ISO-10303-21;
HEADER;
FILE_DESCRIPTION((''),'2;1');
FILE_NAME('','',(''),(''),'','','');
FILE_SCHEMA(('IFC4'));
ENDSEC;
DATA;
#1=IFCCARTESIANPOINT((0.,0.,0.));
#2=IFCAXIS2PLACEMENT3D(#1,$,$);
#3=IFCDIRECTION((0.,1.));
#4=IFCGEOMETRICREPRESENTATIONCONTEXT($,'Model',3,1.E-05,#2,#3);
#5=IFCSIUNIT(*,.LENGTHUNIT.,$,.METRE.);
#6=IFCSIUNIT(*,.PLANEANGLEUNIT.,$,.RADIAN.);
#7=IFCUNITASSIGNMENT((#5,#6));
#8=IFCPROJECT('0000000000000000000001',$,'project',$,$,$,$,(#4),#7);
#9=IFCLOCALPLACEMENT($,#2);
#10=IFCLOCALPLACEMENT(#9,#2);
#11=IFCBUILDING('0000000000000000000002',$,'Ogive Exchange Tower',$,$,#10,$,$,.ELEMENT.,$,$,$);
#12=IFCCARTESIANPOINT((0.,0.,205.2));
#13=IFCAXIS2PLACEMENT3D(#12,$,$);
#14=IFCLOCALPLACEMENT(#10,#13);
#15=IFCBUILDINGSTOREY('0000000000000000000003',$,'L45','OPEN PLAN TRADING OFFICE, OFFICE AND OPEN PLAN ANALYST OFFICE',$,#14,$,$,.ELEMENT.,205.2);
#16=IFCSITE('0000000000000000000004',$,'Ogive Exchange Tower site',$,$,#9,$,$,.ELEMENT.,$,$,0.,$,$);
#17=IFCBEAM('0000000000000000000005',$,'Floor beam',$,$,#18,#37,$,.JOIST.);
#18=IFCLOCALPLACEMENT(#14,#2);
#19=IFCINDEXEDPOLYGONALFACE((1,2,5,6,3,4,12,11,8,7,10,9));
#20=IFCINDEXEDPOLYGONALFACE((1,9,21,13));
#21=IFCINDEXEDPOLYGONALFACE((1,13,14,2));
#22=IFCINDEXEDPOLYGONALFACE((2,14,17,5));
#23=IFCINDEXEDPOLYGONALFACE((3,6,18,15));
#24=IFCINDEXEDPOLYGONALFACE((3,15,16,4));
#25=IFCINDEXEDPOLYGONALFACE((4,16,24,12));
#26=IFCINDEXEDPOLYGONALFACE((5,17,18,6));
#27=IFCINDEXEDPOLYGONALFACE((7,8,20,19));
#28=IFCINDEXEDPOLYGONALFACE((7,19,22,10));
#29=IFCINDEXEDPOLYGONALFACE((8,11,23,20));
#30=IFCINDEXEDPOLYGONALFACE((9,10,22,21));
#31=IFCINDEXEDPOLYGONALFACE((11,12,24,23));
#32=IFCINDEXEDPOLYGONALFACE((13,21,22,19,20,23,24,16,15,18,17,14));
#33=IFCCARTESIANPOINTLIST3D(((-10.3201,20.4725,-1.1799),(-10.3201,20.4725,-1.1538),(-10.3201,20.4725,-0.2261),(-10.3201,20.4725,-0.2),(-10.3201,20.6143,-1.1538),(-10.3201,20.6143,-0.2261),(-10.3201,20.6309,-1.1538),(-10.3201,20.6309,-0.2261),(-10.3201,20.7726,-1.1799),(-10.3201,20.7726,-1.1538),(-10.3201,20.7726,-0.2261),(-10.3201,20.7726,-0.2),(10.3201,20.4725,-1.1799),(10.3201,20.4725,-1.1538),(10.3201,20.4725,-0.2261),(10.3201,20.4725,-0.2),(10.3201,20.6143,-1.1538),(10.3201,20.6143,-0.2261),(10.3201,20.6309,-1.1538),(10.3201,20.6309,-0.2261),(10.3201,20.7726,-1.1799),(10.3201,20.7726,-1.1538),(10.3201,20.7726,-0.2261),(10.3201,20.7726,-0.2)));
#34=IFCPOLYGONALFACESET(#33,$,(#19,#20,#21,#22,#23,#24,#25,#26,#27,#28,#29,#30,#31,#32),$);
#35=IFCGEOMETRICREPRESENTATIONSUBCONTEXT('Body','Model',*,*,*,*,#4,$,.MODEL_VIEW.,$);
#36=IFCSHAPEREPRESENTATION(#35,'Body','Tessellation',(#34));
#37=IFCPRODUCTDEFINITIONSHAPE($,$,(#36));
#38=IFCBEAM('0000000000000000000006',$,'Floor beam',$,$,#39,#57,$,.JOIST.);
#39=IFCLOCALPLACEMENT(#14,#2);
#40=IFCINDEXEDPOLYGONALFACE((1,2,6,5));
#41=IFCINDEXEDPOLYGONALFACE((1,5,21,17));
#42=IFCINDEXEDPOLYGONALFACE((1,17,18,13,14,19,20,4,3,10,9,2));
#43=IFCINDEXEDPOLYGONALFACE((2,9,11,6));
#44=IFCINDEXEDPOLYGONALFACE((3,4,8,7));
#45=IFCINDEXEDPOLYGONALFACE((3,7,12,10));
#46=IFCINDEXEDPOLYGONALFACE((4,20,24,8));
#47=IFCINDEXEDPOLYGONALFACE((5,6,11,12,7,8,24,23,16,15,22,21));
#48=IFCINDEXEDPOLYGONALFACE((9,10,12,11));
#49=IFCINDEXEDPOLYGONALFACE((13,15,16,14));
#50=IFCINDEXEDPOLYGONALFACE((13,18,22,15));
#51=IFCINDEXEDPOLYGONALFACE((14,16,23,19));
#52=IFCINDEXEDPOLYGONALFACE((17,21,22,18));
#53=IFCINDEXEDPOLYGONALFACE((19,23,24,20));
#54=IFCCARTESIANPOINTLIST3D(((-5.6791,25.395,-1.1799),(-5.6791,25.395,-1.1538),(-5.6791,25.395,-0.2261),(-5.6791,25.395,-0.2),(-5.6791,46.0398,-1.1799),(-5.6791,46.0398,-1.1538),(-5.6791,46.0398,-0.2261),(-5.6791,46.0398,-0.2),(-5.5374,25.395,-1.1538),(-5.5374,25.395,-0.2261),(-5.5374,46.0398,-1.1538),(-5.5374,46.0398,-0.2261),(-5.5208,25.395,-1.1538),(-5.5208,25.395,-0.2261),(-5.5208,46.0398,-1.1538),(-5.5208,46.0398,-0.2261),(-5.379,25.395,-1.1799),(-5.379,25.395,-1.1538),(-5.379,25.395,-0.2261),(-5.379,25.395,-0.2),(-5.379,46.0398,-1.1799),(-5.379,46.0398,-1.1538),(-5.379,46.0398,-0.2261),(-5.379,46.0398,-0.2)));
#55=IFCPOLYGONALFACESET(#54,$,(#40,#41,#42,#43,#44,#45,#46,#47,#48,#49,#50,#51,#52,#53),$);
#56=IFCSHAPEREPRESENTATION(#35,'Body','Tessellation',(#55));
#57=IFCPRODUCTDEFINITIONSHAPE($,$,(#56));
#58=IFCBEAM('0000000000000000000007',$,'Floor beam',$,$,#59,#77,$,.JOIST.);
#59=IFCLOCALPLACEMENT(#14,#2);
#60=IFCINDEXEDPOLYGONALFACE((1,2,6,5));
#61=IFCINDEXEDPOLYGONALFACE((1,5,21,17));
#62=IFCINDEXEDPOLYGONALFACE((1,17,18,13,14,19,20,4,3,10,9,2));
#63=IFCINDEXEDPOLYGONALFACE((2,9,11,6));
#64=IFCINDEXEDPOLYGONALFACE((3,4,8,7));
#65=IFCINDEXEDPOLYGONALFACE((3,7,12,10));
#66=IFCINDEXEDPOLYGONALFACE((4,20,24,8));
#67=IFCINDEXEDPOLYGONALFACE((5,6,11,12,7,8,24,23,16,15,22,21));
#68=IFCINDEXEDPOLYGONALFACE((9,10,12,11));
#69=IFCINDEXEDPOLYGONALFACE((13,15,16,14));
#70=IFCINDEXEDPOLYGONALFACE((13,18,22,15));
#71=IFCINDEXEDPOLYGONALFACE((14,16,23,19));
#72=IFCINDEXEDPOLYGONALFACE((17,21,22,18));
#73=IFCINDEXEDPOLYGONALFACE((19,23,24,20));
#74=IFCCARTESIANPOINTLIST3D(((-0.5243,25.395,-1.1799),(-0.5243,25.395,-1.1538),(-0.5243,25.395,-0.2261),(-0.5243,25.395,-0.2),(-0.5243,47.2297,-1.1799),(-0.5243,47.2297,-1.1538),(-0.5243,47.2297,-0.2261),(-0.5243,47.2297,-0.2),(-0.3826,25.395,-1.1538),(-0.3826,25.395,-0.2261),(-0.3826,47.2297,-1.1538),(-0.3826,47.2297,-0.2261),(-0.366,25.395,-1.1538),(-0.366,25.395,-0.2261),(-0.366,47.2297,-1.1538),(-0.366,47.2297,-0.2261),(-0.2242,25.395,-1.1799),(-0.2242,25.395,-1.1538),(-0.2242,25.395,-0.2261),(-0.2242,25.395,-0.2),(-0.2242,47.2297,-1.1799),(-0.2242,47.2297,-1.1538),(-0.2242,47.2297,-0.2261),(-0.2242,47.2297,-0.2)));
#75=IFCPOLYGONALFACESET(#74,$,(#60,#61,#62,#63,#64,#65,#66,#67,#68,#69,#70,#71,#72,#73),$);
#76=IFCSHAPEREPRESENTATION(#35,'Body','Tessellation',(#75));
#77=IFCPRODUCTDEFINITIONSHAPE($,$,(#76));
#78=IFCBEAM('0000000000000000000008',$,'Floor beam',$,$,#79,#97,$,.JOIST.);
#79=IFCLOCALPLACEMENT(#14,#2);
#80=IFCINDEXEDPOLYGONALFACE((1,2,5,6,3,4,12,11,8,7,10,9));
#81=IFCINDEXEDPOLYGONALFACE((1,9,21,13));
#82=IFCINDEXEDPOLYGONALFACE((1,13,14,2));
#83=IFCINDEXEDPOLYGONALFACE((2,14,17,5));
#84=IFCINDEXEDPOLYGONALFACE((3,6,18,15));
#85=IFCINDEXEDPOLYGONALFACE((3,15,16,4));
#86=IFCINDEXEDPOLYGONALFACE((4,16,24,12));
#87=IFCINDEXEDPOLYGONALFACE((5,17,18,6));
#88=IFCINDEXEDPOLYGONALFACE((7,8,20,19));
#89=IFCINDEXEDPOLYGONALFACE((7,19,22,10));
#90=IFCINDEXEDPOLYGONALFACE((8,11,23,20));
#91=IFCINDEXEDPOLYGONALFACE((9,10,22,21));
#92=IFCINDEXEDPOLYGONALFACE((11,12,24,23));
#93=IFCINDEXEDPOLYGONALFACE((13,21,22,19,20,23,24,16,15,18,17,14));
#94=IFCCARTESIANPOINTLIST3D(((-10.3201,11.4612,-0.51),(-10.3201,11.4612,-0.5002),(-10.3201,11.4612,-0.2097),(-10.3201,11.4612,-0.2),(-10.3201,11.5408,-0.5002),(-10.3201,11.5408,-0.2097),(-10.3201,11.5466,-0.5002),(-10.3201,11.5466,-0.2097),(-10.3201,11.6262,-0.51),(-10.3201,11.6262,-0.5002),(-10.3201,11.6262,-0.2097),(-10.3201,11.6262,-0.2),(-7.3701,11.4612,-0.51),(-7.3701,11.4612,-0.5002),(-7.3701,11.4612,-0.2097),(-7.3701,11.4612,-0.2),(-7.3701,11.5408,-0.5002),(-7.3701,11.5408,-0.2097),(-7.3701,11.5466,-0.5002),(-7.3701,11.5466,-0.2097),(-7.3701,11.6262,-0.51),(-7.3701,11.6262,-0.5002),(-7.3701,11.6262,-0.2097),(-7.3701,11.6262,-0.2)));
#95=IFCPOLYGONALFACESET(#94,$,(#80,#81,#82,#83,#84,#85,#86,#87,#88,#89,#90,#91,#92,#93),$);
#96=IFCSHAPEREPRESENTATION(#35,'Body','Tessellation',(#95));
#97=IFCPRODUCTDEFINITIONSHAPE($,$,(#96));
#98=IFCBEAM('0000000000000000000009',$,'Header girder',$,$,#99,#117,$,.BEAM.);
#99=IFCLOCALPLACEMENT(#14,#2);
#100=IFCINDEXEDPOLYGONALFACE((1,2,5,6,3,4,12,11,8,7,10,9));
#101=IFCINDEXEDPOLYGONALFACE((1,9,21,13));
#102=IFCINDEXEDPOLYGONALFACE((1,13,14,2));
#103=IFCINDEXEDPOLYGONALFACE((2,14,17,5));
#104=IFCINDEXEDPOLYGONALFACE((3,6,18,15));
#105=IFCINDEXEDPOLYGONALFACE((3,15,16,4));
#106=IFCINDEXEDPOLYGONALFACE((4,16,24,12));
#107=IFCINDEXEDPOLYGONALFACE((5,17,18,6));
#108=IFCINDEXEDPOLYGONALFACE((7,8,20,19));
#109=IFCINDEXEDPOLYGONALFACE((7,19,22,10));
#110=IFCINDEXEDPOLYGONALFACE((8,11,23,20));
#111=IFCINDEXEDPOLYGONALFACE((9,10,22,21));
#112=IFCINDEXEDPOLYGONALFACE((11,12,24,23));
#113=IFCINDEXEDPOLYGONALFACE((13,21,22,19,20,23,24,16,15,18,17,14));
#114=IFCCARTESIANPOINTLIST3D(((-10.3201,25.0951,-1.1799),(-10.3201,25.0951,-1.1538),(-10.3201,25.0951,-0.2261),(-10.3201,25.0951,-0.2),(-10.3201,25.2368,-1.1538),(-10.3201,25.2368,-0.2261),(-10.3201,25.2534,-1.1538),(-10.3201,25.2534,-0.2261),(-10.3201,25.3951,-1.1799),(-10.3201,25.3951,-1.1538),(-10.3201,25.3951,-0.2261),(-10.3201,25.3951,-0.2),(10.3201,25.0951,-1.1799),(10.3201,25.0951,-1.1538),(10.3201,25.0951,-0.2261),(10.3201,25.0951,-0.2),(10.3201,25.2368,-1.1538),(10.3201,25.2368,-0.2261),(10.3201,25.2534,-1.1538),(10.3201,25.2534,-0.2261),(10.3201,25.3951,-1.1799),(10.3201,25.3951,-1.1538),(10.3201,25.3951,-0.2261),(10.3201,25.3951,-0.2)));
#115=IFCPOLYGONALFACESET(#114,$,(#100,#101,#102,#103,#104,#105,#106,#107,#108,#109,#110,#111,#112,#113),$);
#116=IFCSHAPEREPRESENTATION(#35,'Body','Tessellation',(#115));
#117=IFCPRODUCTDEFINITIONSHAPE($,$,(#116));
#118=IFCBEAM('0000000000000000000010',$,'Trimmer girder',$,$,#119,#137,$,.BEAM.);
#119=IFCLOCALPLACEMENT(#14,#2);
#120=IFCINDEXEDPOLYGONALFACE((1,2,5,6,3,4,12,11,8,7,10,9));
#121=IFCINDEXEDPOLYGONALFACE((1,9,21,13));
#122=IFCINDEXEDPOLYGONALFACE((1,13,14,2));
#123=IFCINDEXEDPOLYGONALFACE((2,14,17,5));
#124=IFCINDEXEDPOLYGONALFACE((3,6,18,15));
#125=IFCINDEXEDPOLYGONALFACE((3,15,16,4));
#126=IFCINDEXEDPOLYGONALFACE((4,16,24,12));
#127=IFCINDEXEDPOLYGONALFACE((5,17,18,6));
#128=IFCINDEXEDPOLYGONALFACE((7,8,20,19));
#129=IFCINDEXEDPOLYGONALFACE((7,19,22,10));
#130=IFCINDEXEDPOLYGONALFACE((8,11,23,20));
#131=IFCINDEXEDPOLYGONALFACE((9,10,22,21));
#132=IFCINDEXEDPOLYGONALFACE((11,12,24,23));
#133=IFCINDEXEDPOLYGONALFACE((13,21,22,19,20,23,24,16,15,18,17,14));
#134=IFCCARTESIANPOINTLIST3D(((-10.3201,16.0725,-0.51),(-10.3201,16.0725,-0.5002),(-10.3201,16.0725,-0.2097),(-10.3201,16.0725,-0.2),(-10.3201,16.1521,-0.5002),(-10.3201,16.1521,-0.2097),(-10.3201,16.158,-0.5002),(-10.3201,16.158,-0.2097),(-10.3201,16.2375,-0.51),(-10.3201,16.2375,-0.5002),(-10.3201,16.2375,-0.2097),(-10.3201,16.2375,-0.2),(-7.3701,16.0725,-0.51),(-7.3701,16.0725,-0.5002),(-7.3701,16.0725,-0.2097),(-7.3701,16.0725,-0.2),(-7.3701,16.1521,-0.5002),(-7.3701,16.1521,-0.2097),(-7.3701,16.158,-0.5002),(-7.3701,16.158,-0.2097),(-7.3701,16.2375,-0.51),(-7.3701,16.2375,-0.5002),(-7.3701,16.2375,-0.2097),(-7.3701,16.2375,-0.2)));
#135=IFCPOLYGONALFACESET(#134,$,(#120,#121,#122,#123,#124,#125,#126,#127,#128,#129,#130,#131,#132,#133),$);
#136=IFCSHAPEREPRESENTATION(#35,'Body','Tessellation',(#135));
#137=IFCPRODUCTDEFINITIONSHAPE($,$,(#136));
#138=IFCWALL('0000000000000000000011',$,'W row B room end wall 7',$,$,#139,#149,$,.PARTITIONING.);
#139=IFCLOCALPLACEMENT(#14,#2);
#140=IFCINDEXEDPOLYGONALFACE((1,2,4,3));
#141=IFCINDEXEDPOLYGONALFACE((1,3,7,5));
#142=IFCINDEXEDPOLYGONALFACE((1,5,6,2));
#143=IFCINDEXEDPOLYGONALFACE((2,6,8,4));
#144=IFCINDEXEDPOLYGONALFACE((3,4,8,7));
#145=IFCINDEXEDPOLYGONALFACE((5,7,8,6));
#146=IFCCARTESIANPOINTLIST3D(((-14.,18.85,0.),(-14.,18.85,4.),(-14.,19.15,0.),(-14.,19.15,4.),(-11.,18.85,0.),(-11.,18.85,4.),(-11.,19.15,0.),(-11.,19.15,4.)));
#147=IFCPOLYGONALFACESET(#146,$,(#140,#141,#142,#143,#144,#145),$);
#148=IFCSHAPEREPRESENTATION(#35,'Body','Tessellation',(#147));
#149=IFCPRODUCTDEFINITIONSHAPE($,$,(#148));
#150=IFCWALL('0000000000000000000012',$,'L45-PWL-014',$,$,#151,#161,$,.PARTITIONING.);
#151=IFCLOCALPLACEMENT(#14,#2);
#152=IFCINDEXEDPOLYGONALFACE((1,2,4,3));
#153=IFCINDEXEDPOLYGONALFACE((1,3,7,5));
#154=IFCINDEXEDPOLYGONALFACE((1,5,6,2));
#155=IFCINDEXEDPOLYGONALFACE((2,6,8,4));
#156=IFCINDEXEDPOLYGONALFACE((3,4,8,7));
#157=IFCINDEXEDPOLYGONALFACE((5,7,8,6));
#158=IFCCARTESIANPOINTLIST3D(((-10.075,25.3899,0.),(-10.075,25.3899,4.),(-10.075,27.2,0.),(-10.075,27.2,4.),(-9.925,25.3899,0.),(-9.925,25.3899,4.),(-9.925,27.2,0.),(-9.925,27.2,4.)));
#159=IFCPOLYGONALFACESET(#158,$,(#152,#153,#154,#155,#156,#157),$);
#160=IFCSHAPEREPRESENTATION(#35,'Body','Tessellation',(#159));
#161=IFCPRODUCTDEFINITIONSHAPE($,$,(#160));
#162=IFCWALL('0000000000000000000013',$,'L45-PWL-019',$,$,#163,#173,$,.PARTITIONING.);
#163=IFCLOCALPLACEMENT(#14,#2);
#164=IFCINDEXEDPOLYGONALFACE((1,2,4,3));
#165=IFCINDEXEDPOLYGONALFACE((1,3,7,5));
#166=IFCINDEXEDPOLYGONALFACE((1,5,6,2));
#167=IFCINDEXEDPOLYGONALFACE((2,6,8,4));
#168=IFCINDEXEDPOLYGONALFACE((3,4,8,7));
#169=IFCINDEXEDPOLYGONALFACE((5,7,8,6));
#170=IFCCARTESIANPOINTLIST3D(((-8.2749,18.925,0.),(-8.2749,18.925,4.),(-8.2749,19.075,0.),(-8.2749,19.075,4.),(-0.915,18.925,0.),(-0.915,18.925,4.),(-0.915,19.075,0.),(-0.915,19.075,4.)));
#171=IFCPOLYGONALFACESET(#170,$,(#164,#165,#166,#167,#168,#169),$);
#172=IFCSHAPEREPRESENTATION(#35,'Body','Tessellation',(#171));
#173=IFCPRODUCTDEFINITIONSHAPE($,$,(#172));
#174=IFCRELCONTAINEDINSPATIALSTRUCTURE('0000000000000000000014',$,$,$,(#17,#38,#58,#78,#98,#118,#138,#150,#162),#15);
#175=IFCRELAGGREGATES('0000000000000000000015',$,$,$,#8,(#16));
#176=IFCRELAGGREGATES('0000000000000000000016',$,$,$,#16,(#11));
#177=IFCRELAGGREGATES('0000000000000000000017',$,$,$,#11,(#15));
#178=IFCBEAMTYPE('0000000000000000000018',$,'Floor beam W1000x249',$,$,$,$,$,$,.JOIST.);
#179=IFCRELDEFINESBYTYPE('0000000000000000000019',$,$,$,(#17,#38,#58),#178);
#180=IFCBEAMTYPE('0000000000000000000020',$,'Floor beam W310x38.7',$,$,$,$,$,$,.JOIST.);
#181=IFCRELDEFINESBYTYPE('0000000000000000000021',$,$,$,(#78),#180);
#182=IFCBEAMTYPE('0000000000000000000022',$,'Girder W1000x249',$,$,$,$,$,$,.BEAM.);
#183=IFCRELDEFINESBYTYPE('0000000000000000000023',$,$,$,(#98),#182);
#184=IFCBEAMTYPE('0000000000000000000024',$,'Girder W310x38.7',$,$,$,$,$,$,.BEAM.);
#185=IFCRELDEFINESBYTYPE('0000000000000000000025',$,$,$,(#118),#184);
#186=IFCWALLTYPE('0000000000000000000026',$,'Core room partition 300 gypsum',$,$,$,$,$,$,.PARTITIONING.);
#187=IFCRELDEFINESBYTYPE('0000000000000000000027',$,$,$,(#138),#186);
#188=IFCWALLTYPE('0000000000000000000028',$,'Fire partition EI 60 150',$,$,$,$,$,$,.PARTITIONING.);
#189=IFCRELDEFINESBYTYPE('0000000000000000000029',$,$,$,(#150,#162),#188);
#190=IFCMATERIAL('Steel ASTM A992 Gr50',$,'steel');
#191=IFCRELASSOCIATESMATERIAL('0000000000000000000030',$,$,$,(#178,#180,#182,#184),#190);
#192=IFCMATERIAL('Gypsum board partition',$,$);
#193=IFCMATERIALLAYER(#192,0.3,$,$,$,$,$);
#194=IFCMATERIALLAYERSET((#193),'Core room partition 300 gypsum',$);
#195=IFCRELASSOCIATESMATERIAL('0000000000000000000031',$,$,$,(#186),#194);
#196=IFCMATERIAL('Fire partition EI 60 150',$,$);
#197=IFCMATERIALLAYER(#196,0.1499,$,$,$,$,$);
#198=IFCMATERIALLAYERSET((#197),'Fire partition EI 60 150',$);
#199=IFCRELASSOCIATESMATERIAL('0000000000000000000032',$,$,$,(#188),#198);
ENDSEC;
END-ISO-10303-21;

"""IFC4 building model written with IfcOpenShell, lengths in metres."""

from ifc_helpers import new_model, si_unit, direction, frame, frame_2d, origin, origin_2d, place, context, subcontext, project, spatial, rectangle, i_section, extrude, material, layer, layer_set, material_profile, profile_set, type_object, element, save


model = new_model("IFC4")

# Units and contexts
model_context = context("Model", 3, precision=1e-05, world=origin(), true_north=direction((0.0, 1.0)))
body_context = subcontext(model_context, "Body", "Model", "MODEL_VIEW")
ifc_project = project(units=[si_unit("LENGTHUNIT", "METRE"), si_unit("PLANEANGLEUNIT", "RADIAN")], contexts=[model_context])

# Site, building, storey
site_placement = place(None, origin())
site = spatial("IfcSite", under=ifc_project, at=site_placement, Name="Ogive Exchange Tower site", CompositionType="ELEMENT", RefElevation=0.0)
building_placement = place(site_placement, origin())
building = spatial("IfcBuilding", under=site, at=building_placement, Name="Ogive Exchange Tower", CompositionType="ELEMENT")
storey_placement = place(building_placement, frame((0.0, 0.0, 205.2)))
storey = spatial("IfcBuildingStorey", under=building, at=storey_placement, Name="L45", Description="OPEN PLAN TRADING OFFICE, OFFICE AND OPEN PLAN ANALYST OFFICE", CompositionType="ELEMENT", Elevation=205.2)

# Beams
ifc_material_1 = material(Name="Steel ASTM A992 Gr50", Category="steel")
ifc_material_profile_1 = material_profile(ifc_material_1, i_section(OverallWidth=0.3, OverallDepth=0.98, WebThickness=0.0166, FlangeThickness=0.0261, at=origin_2d()), Name="W1000x249")
ifc_profile_set_1 = profile_set([ifc_material_profile_1], Name="Steel ASTM A992 Gr50")
beam_type_1 = type_object("IfcBeamType", Name="Floor beam W1000x249", PredefinedType="JOIST", material=ifc_profile_set_1)
beam_1_placement = place(storey_placement, frame((-10.3201, 20.6226, -0.6899), z_axis=(1.0, 0.0, 0.0), x_axis=(0.0, 1.0, 0.0)))
element("IfcBeam", 1, at=beam_1_placement, inside=storey, type_object=beam_type_1, Name="Floor beam", PredefinedType="JOIST", context=body_context, shape_type="SweptSolid", body=[
    extrude(i_section(OverallWidth=0.3, OverallDepth=0.98, WebThickness=0.0166, FlangeThickness=0.0261, at=origin_2d()), origin(), (0.0, 0.0, 1.0), 20.6401),
])
beam_2_placement = place(storey_placement, frame((-5.5291, 25.395, -0.6899), z_axis=(0.0, 1.0, 0.0), x_axis=(-1.0, 0.0, 0.0)))
element("IfcBeam", 2, at=beam_2_placement, inside=storey, type_object=beam_type_1, Name="Floor beam", PredefinedType="JOIST", context=body_context, shape_type="SweptSolid", body=[
    extrude(i_section(OverallWidth=0.3, OverallDepth=0.98, WebThickness=0.0166, FlangeThickness=0.0261, at=origin_2d()), origin(), (0.0, 0.0, 1.0), 20.6448),
])
beam_3_placement = place(storey_placement, frame((-0.3743, 25.395, -0.6899), z_axis=(0.0, 1.0, 0.0), x_axis=(-1.0, 0.0, 0.0)))
element("IfcBeam", 3, at=beam_3_placement, inside=storey, type_object=beam_type_1, Name="Floor beam", PredefinedType="JOIST", context=body_context, shape_type="SweptSolid", body=[
    extrude(i_section(OverallWidth=0.3, OverallDepth=0.98, WebThickness=0.0166, FlangeThickness=0.0261, at=origin_2d()), origin(), (0.0, 0.0, 1.0), 21.8347),
])
ifc_material_profile_2 = material_profile(ifc_material_1, i_section(OverallWidth=0.165, OverallDepth=0.3101, WebThickness=0.0059, FlangeThickness=0.0098, at=origin_2d()), Name="W310x38.7")
ifc_profile_set_2 = profile_set([ifc_material_profile_2], Name="Steel ASTM A992 Gr50")
beam_type_2 = type_object("IfcBeamType", Name="Floor beam W310x38.7", PredefinedType="JOIST", material=ifc_profile_set_2)
beam_4_placement = place(storey_placement, frame((-10.3201, 11.5437, -0.355), z_axis=(1.0, 0.0, 0.0), x_axis=(0.0, 1.0, 0.0)))
element("IfcBeam", 4, at=beam_4_placement, inside=storey, type_object=beam_type_2, Name="Floor beam", PredefinedType="JOIST", context=body_context, shape_type="SweptSolid", body=[
    extrude(i_section(OverallWidth=0.165, OverallDepth=0.3101, WebThickness=0.0059, FlangeThickness=0.0098, at=origin_2d()), origin(), (0.0, 0.0, 1.0), 2.95),
])
ifc_material_profile_3 = material_profile(ifc_material_1, i_section(OverallWidth=0.3, OverallDepth=0.98, WebThickness=0.0166, FlangeThickness=0.0261, at=origin_2d()), Name="W1000x249")
ifc_profile_set_3 = profile_set([ifc_material_profile_3], Name="Steel ASTM A992 Gr50")
beam_type_3 = type_object("IfcBeamType", Name="Girder W1000x249", PredefinedType="BEAM", material=ifc_profile_set_3)
beam_5_placement = place(storey_placement, frame((-10.3201, 25.2451, -0.6899), z_axis=(1.0, 0.0, 0.0), x_axis=(0.0, 1.0, 0.0)))
element("IfcBeam", 5, at=beam_5_placement, inside=storey, type_object=beam_type_3, Name="Header girder", PredefinedType="BEAM", context=body_context, shape_type="SweptSolid", body=[
    extrude(i_section(OverallWidth=0.3, OverallDepth=0.98, WebThickness=0.0166, FlangeThickness=0.0261, at=origin_2d()), origin(), (0.0, 0.0, 1.0), 20.6401),
])
ifc_material_profile_4 = material_profile(ifc_material_1, i_section(OverallWidth=0.165, OverallDepth=0.3101, WebThickness=0.0059, FlangeThickness=0.0098, at=origin_2d()), Name="W310x38.7")
ifc_profile_set_4 = profile_set([ifc_material_profile_4], Name="Steel ASTM A992 Gr50")
beam_type_4 = type_object("IfcBeamType", Name="Girder W310x38.7", PredefinedType="BEAM", material=ifc_profile_set_4)
beam_6_placement = place(storey_placement, frame((-10.3201, 16.155, -0.355), z_axis=(1.0, 0.0, 0.0), x_axis=(0.0, 1.0, 0.0)))
element("IfcBeam", 6, at=beam_6_placement, inside=storey, type_object=beam_type_4, Name="Trimmer girder", PredefinedType="BEAM", context=body_context, shape_type="SweptSolid", body=[
    extrude(i_section(OverallWidth=0.165, OverallDepth=0.3101, WebThickness=0.0059, FlangeThickness=0.0098, at=origin_2d()), origin(), (0.0, 0.0, 1.0), 2.95),
])

# Walls
ifc_material_2 = material(Name="Gypsum board partition")
ifc_layer_1 = layer(ifc_material_2, 0.3)
ifc_layer_set_1 = layer_set([ifc_layer_1], Name="Core room partition 300 gypsum")
wall_type_1 = type_object("IfcWallType", Name="Core room partition 300 gypsum", PredefinedType="PARTITIONING", material=ifc_layer_set_1)
wall_1_placement = place(storey_placement, frame((-14.0, 19.0, 0.0), z_axis=(0.0, 0.0, 1.0), x_axis=(1.0, 0.0, 0.0)))
element("IfcWall", 7, at=wall_1_placement, inside=storey, type_object=wall_type_1, Name="W row B room end wall 7", PredefinedType="PARTITIONING", context=body_context, shape_type="SweptSolid", body=[
    extrude(rectangle(XDim=3.0, YDim=0.3, at=frame_2d((1.5, 0.0))), origin(), (0.0, 0.0, 1.0), 4.0),
])
ifc_material_3 = material(Name="Fire partition EI 60 150")
ifc_layer_2 = layer(ifc_material_3, 0.1499)
ifc_layer_set_2 = layer_set([ifc_layer_2], Name="Fire partition EI 60 150")
wall_type_2 = type_object("IfcWallType", Name="Fire partition EI 60 150", PredefinedType="PARTITIONING", material=ifc_layer_set_2)
wall_2_placement = place(storey_placement, frame((-10.0, 25.3899, 0.0), z_axis=(0.0, 0.0, 1.0), x_axis=(0.0, 1.0, 0.0)))
element("IfcWall", 8, at=wall_2_placement, inside=storey, type_object=wall_type_2, Name="L45-PWL-014", PredefinedType="PARTITIONING", context=body_context, shape_type="SweptSolid", body=[
    extrude(rectangle(XDim=1.8101, YDim=0.1499, at=frame_2d((0.905, 0.0))), origin(), (0.0, 0.0, 1.0), 4.0),
])
wall_3_placement = place(storey_placement, frame((-8.2749, 19.0, 0.0), z_axis=(0.0, 0.0, 1.0), x_axis=(1.0, 0.0, 0.0)))
element("IfcWall", 9, at=wall_3_placement, inside=storey, type_object=wall_type_2, Name="L45-PWL-019", PredefinedType="PARTITIONING", context=body_context, shape_type="SweptSolid", body=[
    extrude(rectangle(XDim=7.3599, YDim=0.1499, at=frame_2d((3.6799, 0.0))), origin(), (0.0, 0.0, 1.0), 4.0),
])

save(model, "model.ifc")
